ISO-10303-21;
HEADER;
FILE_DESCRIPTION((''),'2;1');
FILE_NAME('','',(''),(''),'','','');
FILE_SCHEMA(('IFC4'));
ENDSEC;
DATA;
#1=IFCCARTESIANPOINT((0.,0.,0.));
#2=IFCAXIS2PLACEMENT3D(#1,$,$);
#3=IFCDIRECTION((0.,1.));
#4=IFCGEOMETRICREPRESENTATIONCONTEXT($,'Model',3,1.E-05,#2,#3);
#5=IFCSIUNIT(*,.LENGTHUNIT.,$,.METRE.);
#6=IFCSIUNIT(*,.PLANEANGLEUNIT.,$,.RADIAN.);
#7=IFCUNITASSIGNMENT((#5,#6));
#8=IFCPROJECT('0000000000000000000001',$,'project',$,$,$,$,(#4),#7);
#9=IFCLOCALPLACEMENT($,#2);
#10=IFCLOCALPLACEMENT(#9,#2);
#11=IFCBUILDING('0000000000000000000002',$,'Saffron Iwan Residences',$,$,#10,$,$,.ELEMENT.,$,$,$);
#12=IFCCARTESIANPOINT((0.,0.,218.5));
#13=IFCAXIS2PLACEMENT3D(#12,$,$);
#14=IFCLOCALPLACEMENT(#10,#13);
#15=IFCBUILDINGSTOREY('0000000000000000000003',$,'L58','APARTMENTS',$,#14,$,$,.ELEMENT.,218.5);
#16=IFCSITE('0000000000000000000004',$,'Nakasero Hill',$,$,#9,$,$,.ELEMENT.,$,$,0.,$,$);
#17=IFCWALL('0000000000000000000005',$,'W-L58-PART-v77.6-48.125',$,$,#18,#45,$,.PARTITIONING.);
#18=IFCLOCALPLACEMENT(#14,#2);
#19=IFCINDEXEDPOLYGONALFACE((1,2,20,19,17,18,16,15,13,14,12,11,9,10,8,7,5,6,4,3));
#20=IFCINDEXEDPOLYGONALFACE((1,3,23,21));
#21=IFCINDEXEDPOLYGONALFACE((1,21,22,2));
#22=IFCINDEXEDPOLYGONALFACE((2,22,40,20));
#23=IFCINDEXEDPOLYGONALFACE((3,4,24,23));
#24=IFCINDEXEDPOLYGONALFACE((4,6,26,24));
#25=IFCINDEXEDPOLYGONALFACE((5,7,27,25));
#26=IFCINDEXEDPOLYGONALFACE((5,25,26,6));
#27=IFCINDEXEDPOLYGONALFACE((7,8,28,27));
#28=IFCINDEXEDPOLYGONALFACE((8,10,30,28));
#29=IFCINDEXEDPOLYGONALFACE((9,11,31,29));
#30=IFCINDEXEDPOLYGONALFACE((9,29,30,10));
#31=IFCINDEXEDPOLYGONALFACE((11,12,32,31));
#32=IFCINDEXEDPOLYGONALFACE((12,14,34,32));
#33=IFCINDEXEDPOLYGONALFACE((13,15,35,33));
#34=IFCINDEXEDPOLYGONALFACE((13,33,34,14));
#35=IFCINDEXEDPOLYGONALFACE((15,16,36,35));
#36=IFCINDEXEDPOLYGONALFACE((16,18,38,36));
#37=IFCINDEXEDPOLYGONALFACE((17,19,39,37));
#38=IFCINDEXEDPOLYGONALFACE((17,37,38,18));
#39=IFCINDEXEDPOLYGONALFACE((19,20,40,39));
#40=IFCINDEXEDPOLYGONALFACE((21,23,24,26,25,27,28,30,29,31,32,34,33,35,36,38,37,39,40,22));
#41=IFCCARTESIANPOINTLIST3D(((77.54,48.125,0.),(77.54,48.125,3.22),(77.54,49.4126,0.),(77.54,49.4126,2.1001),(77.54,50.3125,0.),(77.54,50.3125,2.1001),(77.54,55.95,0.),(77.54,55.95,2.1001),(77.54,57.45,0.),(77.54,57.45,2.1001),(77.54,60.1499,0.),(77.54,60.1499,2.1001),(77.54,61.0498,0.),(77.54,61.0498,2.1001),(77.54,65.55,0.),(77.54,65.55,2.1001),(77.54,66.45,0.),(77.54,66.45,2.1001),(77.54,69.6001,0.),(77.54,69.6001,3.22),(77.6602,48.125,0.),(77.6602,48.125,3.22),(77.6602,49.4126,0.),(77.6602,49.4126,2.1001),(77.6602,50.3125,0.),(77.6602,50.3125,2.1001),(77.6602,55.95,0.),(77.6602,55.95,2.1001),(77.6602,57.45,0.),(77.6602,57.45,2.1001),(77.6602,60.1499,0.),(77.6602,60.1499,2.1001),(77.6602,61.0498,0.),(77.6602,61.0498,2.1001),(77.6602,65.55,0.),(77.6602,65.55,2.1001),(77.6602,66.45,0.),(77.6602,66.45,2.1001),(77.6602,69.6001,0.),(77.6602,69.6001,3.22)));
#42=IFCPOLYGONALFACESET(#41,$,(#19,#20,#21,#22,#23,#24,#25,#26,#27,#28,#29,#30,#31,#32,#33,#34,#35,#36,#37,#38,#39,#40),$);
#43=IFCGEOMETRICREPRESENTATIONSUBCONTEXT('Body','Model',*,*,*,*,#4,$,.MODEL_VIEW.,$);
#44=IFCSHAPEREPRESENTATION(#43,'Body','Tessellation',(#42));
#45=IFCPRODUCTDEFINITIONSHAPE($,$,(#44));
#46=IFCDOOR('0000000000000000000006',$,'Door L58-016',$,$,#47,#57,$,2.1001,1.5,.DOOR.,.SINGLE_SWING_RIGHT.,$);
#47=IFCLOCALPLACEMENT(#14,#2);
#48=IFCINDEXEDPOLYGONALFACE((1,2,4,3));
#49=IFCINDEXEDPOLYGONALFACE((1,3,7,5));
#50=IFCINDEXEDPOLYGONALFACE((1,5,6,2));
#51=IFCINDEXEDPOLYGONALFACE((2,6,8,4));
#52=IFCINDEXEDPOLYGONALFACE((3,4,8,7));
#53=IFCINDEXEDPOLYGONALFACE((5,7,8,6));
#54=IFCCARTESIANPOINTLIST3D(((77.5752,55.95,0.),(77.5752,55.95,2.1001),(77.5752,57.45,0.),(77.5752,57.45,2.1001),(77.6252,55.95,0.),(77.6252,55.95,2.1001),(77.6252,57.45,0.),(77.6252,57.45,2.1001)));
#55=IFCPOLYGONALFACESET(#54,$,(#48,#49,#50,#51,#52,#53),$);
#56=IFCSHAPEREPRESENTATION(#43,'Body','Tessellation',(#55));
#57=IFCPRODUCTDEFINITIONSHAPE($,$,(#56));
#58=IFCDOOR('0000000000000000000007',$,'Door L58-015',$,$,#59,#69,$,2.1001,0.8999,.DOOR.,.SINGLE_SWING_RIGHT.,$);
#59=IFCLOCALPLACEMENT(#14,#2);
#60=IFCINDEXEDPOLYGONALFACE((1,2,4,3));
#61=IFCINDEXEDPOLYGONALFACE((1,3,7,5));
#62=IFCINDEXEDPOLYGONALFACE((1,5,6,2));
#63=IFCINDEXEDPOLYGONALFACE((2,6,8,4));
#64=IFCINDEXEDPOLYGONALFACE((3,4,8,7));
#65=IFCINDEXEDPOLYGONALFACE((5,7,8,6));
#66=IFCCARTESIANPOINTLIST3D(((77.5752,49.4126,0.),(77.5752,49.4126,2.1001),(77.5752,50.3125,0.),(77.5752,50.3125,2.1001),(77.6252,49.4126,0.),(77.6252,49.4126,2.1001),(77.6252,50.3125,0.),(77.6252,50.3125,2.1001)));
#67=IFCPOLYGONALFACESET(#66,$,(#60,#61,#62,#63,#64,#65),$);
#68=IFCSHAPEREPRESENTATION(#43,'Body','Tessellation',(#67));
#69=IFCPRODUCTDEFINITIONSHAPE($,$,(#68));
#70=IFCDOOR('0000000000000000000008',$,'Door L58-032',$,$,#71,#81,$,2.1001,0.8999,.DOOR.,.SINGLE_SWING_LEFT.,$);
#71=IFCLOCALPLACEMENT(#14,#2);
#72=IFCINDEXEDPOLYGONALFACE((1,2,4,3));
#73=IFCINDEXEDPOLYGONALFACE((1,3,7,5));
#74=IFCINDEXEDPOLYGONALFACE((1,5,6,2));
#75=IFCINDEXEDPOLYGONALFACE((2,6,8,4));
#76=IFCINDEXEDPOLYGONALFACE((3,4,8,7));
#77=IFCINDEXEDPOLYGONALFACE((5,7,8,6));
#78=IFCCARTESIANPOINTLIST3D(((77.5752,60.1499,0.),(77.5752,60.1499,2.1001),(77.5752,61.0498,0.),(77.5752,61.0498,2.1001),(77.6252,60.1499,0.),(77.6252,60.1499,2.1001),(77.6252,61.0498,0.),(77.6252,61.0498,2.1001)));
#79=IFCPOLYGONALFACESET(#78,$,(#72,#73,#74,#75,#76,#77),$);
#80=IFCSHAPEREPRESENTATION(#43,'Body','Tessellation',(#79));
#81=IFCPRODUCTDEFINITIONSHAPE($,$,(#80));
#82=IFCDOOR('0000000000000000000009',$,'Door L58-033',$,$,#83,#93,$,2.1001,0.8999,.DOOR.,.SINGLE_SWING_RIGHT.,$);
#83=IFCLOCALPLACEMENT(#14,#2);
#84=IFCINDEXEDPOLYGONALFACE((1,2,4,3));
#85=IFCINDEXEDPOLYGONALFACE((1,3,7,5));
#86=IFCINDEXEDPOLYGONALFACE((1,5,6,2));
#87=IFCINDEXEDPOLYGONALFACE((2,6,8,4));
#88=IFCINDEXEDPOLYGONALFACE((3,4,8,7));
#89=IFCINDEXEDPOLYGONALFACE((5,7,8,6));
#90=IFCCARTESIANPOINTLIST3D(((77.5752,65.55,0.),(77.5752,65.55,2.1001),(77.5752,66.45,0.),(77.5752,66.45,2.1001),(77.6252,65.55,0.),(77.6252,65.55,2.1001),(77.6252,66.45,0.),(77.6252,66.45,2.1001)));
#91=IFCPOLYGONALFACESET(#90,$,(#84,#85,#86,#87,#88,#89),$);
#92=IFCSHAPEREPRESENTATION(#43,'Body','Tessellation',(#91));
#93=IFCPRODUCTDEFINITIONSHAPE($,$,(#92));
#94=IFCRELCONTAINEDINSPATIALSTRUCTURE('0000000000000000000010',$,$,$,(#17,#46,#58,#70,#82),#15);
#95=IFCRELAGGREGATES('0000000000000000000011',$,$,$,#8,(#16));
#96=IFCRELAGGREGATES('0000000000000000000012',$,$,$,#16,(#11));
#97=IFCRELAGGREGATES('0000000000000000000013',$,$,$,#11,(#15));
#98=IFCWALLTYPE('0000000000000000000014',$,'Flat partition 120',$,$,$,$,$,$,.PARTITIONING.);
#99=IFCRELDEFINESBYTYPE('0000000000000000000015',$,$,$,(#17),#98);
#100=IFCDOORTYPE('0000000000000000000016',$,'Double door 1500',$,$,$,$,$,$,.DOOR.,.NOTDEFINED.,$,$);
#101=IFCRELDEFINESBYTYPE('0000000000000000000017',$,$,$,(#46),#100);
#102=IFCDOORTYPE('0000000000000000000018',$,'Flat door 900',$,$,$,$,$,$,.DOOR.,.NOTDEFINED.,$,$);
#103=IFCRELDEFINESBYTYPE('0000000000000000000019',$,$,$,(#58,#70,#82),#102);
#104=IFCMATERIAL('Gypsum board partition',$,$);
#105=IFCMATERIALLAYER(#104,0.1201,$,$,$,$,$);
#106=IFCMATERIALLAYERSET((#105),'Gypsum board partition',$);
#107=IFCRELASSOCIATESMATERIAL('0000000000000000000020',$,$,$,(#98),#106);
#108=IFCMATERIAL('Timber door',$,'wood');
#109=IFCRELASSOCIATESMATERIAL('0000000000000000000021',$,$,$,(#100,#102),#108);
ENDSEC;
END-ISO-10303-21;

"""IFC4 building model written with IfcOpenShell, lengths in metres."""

from ifc_helpers import new_model, si_unit, direction, frame, frame_2d, origin, place, context, subcontext, project, spatial, rectangle, extrude, material, layer, layer_set, type_object, element, fill, save


model = new_model("IFC4")

# Units and contexts
model_context = context("Model", 3, precision=1e-05, world=origin(), true_north=direction((0.0, 1.0)))
body_context = subcontext(model_context, "Body", "Model", "MODEL_VIEW")
ifc_project = project(units=[si_unit("LENGTHUNIT", "METRE"), si_unit("PLANEANGLEUNIT", "RADIAN")], contexts=[model_context])

# Site, building, storey
site_placement = place(None, origin())
site = spatial("IfcSite", under=ifc_project, at=site_placement, Name="Nakasero Hill", CompositionType="ELEMENT", RefElevation=0.0)
building_placement = place(site_placement, origin())
building = spatial("IfcBuilding", under=site, at=building_placement, Name="Saffron Iwan Residences", CompositionType="ELEMENT")
storey_placement = place(building_placement, frame((0.0, 0.0, 218.5)))
storey = spatial("IfcBuildingStorey", under=building, at=storey_placement, Name="L58", Description="APARTMENTS", CompositionType="ELEMENT", Elevation=218.5)

# Shared definitions
ifc_material_1 = material(Name="Gypsum board partition")
ifc_layer_1 = layer(ifc_material_1, 0.1201)
ifc_layer_set_1 = layer_set([ifc_layer_1], Name="Gypsum board partition")
wall_type_1 = type_object("IfcWallType", Name="Flat partition 120", PredefinedType="PARTITIONING", material=ifc_layer_set_1)

# Wall, openings, doors
wall_1_placement = place(storey_placement, frame((77.6001, 48.125, 0.0), z_axis=(0.0, 0.0, 1.0), x_axis=(0.0, 1.0, 0.0)))
wall_1 = element("IfcWall", 1, at=wall_1_placement, inside=storey, type_object=wall_type_1, Name="W-L58-PART-v77.6-48.125", PredefinedType="PARTITIONING", context=body_context, shape_type="SweptSolid", body=[
    extrude(rectangle(XDim=21.4751, YDim=0.1201, at=frame_2d((10.7375, 0.0))), origin(), (0.0, 0.0, 1.0), 3.22),
])
opening_1_placement = place(wall_1_placement, frame((1.2876, 0.0, 0.0)))
opening_1 = element("IfcOpeningElement", 2, at=opening_1_placement, cuts=wall_1, PredefinedType="OPENING", context=body_context, shape_type="SweptSolid", body=[
    extrude(rectangle(XDim=0.8999, YDim=2.1001, at=frame_2d((0.45, 1.05))), frame((0.0, 0.0701, 0.0), z_axis=(0.0, -1.0, 0.0), x_axis=(1.0, 0.0, 0.0)), (0.0, 0.0, 1.0), 0.1401),
])
opening_2_placement = place(wall_1_placement, frame((7.825, 0.0, 0.0)))
opening_2 = element("IfcOpeningElement", 3, at=opening_2_placement, cuts=wall_1, PredefinedType="OPENING", context=body_context, shape_type="SweptSolid", body=[
    extrude(rectangle(XDim=1.5, YDim=2.1001, at=frame_2d((0.75, 1.05))), frame((0.0, 0.0701, 0.0), z_axis=(0.0, -1.0, 0.0), x_axis=(1.0, 0.0, 0.0)), (0.0, 0.0, 1.0), 0.1401),
])
opening_3_placement = place(wall_1_placement, frame((12.0249, 0.0, 0.0)))
opening_3 = element("IfcOpeningElement", 4, at=opening_3_placement, cuts=wall_1, PredefinedType="OPENING", context=body_context, shape_type="SweptSolid", body=[
    extrude(rectangle(XDim=0.8999, YDim=2.1001, at=frame_2d((0.45, 1.05))), frame((0.0, 0.0701, 0.0), z_axis=(0.0, -1.0, 0.0), x_axis=(1.0, 0.0, 0.0)), (0.0, 0.0, 1.0), 0.1401),
])
opening_4_placement = place(wall_1_placement, frame((17.425, 0.0, 0.0)))
opening_4 = element("IfcOpeningElement", 5, at=opening_4_placement, cuts=wall_1, PredefinedType="OPENING", context=body_context, shape_type="SweptSolid", body=[
    extrude(rectangle(XDim=0.8999, YDim=2.1001, at=frame_2d((0.45, 1.05))), frame((0.0, 0.0701, 0.0), z_axis=(0.0, -1.0, 0.0), x_axis=(1.0, 0.0, 0.0)), (0.0, 0.0, 1.0), 0.1401),
])
ifc_material_2 = material(Name="Timber door", Category="wood")
door_type_1 = type_object("IfcDoorType", Name="Double door 1500", OperationType="NOTDEFINED", PredefinedType="DOOR", material=ifc_material_2)
door_1_placement = place(opening_2_placement, origin())
door_1 = element("IfcDoor", 6, at=door_1_placement, inside=storey, type_object=door_type_1, Name="Door L58-016", OperationType="SINGLE_SWING_RIGHT", OverallHeight=2.1001, OverallWidth=1.5, PredefinedType="DOOR", context=body_context, shape_type="SweptSolid", body=[
    extrude(rectangle(XDim=1.5, YDim=2.1001, at=frame_2d((0.75, 1.05))), frame((0.0, 0.0249, 0.0), z_axis=(0.0, -1.0, 0.0), x_axis=(1.0, 0.0, 0.0)), (0.0, 0.0, 1.0), 0.05),
])
fill(opening_2, door_1)
door_type_2 = type_object("IfcDoorType", Name="Flat door 900", OperationType="NOTDEFINED", PredefinedType="DOOR", material=ifc_material_2)
door_2_placement = place(opening_1_placement, origin())
door_2 = element("IfcDoor", 7, at=door_2_placement, inside=storey, type_object=door_type_2, Name="Door L58-015", OperationType="SINGLE_SWING_RIGHT", OverallHeight=2.1001, OverallWidth=0.8999, PredefinedType="DOOR", context=body_context, shape_type="SweptSolid", body=[
    extrude(rectangle(XDim=0.8999, YDim=2.1001, at=frame_2d((0.45, 1.05))), frame((0.0, 0.0249, 0.0), z_axis=(0.0, -1.0, 0.0), x_axis=(1.0, 0.0, 0.0)), (0.0, 0.0, 1.0), 0.05),
])
fill(opening_1, door_2)
door_3_placement = place(opening_3_placement, origin())
door_3 = element("IfcDoor", 8, at=door_3_placement, inside=storey, type_object=door_type_2, Name="Door L58-032", OperationType="SINGLE_SWING_LEFT", OverallHeight=2.1001, OverallWidth=0.8999, PredefinedType="DOOR", context=body_context, shape_type="SweptSolid", body=[
    extrude(rectangle(XDim=0.8999, YDim=2.1001, at=frame_2d((0.45, 1.05))), frame((0.0, 0.0249, 0.0), z_axis=(0.0, -1.0, 0.0), x_axis=(1.0, 0.0, 0.0)), (0.0, 0.0, 1.0), 0.05),
])
fill(opening_3, door_3)
door_4_placement = place(opening_4_placement, origin())
door_4 = element("IfcDoor", 9, at=door_4_placement, inside=storey, type_object=door_type_2, Name="Door L58-033", OperationType="SINGLE_SWING_RIGHT", OverallHeight=2.1001, OverallWidth=0.8999, PredefinedType="DOOR", context=body_context, shape_type="SweptSolid", body=[
    extrude(rectangle(XDim=0.8999, YDim=2.1001, at=frame_2d((0.45, 1.05))), frame((0.0, 0.0249, 0.0), z_axis=(0.0, -1.0, 0.0), x_axis=(1.0, 0.0, 0.0)), (0.0, 0.0, 1.0), 0.05),
])
fill(opening_4, door_4)

save(model, "model.ifc")
